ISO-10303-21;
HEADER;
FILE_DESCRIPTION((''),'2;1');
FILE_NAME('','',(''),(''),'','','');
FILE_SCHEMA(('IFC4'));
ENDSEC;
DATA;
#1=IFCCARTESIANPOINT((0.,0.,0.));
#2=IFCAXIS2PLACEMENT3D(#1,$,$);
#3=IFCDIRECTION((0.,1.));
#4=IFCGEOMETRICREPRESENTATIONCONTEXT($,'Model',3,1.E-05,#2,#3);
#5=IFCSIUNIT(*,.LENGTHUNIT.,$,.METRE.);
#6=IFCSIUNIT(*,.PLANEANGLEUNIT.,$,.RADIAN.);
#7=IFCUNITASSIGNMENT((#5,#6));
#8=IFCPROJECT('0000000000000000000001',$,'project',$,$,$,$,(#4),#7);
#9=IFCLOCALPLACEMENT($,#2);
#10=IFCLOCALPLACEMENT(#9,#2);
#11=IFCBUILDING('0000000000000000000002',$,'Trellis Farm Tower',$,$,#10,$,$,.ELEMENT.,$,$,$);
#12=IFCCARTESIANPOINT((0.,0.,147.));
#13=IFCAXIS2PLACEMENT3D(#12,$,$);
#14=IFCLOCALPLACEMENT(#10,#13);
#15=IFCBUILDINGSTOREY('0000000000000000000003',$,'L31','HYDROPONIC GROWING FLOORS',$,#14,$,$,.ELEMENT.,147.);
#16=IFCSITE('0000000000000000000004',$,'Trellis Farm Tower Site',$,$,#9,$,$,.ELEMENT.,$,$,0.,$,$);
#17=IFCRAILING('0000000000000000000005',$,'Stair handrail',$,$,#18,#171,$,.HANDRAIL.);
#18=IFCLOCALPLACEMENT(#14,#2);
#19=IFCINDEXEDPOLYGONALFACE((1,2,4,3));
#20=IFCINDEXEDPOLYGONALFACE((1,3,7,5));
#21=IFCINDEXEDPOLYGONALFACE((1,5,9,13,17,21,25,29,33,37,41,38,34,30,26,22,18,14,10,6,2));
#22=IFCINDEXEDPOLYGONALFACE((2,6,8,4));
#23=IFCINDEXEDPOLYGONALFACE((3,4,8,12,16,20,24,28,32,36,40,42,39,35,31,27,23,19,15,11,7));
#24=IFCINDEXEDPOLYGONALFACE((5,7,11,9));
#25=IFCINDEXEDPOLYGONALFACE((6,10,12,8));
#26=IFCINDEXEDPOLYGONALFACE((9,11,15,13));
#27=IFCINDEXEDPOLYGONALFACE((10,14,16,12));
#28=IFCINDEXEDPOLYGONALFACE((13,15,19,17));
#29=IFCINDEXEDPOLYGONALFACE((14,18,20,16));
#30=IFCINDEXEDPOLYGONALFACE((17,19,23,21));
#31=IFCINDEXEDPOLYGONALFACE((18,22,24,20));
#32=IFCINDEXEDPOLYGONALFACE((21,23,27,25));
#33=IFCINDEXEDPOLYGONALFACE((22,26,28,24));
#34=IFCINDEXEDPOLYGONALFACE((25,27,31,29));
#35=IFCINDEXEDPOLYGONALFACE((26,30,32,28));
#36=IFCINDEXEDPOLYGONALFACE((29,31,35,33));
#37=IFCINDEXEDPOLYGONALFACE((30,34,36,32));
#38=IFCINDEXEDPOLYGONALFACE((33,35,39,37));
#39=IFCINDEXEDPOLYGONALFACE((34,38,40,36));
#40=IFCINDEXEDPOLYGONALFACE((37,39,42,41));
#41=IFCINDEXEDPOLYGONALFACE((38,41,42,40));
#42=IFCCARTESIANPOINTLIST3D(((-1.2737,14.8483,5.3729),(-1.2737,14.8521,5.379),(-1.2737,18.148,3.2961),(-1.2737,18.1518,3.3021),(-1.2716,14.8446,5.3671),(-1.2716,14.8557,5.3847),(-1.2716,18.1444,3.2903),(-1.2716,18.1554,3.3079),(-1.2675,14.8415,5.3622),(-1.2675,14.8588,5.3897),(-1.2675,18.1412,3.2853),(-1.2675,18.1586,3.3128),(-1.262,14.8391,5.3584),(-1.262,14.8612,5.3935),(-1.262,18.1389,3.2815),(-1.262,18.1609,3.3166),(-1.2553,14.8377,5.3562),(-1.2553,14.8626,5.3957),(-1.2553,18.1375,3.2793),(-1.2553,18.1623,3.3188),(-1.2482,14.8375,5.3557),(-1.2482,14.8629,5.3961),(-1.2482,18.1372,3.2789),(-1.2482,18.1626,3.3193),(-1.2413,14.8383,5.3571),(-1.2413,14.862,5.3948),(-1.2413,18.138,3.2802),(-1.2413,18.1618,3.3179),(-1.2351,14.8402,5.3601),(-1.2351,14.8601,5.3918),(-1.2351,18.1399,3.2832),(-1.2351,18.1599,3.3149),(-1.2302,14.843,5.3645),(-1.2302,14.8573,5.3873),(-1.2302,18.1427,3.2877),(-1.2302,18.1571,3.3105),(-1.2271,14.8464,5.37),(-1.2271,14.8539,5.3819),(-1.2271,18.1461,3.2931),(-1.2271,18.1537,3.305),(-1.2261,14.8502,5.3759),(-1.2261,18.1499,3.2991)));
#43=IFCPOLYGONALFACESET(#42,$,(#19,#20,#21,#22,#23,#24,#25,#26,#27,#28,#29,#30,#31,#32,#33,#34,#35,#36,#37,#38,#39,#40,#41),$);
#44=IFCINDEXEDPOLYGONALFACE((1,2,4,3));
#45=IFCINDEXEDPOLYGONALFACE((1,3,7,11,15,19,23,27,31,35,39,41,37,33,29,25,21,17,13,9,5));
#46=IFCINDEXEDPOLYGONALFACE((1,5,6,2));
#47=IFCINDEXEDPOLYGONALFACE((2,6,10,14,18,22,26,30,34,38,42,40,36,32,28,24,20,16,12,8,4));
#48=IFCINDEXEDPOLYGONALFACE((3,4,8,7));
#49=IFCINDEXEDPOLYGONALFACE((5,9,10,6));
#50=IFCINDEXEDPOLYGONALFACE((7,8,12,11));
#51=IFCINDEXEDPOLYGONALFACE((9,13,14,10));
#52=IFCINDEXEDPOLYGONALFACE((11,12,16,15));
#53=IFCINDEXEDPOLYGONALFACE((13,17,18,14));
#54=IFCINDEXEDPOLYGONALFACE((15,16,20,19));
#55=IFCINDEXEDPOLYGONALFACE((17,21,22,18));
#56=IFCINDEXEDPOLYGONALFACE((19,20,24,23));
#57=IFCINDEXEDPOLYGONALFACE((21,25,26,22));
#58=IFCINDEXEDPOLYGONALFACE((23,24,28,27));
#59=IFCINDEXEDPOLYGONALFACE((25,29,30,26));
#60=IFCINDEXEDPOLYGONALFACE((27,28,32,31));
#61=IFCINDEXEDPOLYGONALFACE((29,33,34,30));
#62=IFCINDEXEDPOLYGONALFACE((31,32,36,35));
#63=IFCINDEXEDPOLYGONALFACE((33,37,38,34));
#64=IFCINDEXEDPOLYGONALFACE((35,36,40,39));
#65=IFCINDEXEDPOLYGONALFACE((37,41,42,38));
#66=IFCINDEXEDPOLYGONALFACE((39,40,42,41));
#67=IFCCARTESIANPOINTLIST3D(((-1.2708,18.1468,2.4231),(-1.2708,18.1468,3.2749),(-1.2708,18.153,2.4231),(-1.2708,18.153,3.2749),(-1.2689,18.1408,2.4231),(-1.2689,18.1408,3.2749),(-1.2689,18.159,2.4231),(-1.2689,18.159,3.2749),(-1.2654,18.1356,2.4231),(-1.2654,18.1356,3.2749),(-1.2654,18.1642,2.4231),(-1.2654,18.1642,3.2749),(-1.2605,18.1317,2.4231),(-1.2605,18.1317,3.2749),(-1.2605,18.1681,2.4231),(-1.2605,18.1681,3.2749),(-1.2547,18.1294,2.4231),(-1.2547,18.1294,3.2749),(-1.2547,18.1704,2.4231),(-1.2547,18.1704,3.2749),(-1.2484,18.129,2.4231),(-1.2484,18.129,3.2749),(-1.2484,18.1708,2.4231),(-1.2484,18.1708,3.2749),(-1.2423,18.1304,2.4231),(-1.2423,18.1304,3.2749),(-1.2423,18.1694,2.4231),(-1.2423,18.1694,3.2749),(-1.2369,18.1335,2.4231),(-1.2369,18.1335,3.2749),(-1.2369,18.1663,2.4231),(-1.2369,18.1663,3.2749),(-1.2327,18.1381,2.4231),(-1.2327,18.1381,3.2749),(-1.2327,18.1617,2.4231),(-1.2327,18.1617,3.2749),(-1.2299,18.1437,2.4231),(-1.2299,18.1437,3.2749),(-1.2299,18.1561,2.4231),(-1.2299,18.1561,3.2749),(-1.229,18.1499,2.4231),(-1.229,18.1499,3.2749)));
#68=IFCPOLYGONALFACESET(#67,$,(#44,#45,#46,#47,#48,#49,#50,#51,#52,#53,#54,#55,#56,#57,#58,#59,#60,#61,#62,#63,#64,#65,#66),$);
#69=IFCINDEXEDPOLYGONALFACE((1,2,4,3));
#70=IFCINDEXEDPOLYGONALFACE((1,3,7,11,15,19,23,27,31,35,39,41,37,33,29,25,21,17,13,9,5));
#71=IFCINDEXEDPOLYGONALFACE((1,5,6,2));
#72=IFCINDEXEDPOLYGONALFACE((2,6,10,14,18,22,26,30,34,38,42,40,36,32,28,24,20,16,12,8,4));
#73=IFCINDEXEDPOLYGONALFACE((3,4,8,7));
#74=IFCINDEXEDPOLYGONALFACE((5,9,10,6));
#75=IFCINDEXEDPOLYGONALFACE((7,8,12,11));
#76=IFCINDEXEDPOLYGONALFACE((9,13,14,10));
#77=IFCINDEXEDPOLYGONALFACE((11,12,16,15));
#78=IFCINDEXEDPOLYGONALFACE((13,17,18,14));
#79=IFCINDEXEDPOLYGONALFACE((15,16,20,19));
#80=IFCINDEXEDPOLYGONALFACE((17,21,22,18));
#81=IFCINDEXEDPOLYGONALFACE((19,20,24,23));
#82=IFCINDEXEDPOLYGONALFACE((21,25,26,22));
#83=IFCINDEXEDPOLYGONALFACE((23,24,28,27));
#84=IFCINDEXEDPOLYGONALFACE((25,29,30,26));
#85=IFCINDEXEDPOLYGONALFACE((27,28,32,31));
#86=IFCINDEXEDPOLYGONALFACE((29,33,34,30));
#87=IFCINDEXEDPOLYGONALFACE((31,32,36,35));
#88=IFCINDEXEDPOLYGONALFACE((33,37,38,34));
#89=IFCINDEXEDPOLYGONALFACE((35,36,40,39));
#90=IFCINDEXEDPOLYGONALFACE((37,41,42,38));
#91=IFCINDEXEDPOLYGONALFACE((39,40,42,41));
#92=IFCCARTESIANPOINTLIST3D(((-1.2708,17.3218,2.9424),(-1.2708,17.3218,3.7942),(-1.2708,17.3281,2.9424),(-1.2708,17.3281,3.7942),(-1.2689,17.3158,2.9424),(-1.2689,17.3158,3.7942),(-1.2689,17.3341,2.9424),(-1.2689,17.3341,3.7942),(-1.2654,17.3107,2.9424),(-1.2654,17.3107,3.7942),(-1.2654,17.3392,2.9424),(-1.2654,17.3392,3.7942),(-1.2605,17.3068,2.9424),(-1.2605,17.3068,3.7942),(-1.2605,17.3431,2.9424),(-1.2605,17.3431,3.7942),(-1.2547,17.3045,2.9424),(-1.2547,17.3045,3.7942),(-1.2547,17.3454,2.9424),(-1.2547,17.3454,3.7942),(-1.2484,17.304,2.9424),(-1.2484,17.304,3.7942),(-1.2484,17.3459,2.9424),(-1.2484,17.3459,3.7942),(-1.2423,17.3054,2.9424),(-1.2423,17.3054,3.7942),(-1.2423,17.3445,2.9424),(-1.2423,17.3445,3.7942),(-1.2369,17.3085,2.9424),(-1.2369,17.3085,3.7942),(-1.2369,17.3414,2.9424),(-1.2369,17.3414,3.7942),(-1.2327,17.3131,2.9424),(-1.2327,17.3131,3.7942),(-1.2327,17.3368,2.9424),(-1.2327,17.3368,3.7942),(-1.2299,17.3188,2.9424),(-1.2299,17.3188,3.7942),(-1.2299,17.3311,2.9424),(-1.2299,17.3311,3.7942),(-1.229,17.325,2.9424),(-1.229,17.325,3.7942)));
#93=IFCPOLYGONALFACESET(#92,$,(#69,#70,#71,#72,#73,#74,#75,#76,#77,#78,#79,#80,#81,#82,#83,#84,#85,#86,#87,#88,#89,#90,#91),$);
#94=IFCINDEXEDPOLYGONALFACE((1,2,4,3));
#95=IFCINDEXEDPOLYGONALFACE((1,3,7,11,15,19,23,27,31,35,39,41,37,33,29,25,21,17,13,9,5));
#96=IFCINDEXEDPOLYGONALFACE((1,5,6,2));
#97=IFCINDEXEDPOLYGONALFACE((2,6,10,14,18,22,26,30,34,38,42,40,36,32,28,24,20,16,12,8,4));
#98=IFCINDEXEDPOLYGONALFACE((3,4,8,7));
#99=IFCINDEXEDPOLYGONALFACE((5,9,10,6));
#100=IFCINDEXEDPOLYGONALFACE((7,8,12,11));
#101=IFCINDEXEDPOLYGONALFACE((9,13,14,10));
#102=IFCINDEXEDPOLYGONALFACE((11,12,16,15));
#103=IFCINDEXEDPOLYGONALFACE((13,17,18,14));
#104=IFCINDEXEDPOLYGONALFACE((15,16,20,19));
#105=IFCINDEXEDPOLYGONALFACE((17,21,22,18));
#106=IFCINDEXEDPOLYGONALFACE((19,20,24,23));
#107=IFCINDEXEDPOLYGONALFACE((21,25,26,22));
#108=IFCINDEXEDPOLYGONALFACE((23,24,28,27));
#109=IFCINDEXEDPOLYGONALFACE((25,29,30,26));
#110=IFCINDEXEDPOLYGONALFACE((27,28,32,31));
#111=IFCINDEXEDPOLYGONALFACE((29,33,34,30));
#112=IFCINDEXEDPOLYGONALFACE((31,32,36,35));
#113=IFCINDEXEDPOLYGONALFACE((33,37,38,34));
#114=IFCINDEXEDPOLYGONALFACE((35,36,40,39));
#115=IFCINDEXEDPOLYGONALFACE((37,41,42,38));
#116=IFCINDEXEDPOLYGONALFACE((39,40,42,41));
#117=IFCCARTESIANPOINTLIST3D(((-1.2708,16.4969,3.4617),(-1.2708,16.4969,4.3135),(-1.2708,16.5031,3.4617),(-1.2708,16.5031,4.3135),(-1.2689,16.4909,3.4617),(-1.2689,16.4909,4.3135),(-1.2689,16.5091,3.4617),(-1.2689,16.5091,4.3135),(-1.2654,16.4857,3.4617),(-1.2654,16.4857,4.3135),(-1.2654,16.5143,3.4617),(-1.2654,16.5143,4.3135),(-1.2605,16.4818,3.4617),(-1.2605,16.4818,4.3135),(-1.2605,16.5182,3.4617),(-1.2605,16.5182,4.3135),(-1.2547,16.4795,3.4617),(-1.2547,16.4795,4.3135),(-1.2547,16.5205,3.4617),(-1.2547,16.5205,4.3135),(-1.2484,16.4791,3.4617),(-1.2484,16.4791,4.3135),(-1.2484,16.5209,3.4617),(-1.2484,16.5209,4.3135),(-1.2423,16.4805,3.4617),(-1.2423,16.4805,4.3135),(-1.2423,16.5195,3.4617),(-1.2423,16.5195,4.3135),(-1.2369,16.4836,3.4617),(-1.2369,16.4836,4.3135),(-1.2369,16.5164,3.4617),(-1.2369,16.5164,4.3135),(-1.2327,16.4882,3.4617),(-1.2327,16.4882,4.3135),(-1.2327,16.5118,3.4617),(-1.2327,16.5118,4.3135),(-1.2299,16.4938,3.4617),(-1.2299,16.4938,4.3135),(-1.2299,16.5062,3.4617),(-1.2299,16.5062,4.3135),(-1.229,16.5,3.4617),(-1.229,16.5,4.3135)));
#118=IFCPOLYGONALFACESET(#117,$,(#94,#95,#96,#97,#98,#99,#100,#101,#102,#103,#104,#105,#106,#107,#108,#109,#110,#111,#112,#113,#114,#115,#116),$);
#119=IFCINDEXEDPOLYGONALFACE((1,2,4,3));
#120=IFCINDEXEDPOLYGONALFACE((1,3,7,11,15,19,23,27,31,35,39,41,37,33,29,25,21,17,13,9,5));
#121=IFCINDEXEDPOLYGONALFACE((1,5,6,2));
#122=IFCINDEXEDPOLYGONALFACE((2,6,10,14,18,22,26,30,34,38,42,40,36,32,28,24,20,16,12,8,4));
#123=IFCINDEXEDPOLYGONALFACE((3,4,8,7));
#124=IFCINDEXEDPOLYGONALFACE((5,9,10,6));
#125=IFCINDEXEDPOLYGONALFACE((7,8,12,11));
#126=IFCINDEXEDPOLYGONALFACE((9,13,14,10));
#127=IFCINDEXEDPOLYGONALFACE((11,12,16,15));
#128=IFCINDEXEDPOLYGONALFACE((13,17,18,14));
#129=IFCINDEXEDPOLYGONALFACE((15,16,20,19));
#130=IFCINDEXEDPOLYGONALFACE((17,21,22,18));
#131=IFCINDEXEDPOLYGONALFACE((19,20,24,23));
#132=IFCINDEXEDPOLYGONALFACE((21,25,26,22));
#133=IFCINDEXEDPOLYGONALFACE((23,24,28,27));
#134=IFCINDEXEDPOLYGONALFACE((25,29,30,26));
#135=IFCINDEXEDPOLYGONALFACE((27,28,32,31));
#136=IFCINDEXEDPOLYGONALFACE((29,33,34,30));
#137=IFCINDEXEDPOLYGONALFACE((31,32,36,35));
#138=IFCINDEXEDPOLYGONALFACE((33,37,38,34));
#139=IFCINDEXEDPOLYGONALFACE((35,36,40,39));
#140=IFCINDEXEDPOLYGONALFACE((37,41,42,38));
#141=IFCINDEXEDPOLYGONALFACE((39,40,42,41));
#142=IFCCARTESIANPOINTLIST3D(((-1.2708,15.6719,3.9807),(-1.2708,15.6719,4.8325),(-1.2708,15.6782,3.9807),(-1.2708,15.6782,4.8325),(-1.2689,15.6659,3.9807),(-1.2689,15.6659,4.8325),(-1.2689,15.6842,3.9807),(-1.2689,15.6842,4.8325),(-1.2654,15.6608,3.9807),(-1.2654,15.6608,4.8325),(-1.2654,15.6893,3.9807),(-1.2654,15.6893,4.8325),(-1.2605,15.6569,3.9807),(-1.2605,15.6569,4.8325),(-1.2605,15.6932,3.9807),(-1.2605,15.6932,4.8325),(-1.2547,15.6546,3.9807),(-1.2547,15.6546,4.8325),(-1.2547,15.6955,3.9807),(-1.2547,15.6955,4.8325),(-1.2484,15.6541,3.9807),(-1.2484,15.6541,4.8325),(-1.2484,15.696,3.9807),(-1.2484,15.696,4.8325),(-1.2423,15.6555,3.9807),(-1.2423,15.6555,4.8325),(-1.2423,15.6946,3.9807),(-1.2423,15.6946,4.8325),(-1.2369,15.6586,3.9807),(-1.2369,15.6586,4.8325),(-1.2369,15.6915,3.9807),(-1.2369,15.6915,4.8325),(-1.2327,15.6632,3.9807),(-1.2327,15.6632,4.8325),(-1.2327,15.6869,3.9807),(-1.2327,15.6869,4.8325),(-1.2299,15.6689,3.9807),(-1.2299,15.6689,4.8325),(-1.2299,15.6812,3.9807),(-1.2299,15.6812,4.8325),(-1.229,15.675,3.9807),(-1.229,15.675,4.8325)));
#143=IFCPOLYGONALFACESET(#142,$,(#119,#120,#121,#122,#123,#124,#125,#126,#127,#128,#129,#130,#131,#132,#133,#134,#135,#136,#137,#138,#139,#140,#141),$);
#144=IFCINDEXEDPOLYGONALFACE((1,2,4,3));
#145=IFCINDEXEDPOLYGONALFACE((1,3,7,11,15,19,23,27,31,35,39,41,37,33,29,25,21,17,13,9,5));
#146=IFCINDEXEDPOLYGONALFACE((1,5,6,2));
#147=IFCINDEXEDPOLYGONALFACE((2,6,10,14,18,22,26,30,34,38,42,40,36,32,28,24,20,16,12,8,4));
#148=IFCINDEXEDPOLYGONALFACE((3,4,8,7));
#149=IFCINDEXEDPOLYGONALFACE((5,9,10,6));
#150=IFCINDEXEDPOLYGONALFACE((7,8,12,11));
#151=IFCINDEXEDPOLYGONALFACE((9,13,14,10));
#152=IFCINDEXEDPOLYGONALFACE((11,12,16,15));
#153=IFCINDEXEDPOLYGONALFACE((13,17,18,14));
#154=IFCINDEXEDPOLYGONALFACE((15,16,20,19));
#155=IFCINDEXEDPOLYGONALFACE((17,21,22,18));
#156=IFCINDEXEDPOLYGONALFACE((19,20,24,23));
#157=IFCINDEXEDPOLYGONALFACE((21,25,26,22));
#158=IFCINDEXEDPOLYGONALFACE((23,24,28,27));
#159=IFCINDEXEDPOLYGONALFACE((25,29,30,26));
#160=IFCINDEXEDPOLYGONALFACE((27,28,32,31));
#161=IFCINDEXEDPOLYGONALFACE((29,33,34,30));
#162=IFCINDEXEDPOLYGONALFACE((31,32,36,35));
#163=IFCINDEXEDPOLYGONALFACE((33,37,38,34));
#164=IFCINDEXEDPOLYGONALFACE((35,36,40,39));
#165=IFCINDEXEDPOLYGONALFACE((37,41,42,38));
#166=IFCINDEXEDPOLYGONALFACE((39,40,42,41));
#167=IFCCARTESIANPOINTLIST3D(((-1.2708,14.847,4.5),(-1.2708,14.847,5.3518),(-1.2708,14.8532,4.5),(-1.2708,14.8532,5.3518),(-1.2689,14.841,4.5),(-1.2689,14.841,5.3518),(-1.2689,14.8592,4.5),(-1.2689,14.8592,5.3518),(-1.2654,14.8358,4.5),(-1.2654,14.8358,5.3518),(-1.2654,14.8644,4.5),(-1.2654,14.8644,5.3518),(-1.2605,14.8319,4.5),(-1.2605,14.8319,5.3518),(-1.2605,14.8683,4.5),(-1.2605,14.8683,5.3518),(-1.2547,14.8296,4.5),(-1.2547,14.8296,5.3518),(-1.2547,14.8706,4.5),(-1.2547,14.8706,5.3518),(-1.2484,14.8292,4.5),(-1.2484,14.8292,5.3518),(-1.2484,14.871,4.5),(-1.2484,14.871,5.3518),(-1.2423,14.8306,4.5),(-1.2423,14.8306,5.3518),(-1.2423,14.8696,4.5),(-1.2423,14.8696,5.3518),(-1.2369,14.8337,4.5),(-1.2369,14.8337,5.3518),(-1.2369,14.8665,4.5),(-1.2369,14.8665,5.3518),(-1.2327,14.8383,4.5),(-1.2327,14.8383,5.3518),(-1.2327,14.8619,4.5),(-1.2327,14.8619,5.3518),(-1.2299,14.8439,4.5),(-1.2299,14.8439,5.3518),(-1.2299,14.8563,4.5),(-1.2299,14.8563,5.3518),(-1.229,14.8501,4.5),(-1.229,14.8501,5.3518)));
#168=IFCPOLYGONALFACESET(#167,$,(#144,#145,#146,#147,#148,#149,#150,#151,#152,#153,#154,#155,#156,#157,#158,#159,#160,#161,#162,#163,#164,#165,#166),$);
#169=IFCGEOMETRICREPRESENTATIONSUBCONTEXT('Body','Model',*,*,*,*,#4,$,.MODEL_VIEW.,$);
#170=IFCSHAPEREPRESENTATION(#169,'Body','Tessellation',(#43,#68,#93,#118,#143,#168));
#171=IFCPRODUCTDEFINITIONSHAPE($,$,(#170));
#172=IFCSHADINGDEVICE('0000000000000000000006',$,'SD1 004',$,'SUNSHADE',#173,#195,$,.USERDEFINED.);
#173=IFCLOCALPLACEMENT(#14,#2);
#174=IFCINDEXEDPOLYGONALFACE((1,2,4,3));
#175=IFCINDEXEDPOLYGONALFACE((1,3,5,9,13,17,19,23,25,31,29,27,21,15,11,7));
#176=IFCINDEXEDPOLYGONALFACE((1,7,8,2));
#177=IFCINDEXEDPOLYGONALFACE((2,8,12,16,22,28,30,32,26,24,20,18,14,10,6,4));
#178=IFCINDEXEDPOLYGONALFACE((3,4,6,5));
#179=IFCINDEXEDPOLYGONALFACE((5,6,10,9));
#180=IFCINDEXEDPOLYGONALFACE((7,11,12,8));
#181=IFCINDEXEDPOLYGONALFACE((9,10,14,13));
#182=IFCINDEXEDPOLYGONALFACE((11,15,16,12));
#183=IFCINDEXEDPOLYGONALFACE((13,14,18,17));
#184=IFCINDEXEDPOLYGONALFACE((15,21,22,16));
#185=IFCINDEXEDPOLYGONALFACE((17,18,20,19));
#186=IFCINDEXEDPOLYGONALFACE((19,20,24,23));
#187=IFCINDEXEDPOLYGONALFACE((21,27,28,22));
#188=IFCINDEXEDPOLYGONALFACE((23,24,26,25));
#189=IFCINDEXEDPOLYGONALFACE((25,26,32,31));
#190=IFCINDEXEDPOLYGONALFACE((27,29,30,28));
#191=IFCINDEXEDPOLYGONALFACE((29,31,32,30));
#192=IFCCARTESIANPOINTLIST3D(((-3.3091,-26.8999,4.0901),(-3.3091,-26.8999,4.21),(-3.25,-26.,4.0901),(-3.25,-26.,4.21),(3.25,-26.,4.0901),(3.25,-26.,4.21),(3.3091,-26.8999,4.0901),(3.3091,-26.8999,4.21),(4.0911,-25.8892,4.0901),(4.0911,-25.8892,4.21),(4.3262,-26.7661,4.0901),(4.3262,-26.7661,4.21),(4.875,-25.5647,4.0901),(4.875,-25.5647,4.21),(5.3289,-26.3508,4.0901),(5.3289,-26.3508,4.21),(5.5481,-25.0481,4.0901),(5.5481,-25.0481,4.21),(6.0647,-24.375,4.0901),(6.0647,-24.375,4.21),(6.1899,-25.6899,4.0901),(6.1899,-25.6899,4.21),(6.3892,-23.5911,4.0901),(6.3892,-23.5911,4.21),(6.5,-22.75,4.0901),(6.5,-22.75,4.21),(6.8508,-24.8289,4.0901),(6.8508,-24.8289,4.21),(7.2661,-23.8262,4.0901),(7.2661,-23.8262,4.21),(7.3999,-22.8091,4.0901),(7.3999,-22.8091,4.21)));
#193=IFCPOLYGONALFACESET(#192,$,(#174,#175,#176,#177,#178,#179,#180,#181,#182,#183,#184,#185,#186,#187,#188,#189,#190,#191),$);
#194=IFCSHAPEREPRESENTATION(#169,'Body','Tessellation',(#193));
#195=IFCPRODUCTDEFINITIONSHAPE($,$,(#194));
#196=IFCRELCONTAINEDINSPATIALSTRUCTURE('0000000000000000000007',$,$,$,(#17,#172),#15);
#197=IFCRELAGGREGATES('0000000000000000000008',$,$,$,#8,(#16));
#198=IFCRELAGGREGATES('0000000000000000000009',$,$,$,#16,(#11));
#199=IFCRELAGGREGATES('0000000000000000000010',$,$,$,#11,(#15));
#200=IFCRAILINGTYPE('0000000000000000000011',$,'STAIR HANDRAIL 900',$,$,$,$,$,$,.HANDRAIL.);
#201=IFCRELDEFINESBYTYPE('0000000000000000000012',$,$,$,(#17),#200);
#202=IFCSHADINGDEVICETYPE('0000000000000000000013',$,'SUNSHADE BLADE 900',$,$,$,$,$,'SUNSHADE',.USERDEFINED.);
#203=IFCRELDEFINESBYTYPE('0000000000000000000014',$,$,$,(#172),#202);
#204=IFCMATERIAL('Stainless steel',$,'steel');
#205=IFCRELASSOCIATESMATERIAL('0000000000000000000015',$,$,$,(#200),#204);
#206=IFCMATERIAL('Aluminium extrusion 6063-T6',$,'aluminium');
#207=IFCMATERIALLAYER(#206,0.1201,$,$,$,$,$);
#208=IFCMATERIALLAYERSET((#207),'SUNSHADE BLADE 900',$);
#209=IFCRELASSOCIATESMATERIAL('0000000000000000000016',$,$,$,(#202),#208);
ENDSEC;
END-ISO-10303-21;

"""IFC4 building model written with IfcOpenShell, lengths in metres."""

from ifc_helpers import new_model, si_unit, direction, frame, origin, origin_2d, place, context, subcontext, project, spatial, polyline, circle, outline, extrude, source, transform, mapped, material, layer, layer_set, type_object, element, save


model = new_model("IFC4")

# Units and contexts
model_context = context("Model", 3, precision=1e-05, world=origin(), true_north=direction((0.0, 1.0)))
body_context = subcontext(model_context, "Body", "Model", "MODEL_VIEW")
ifc_project = project(units=[si_unit("LENGTHUNIT", "METRE"), si_unit("PLANEANGLEUNIT", "RADIAN")], contexts=[model_context])

# Site, building, storey
site_placement = place(None, origin())
site = spatial("IfcSite", under=ifc_project, at=site_placement, Name="Trellis Farm Tower Site", CompositionType="ELEMENT", RefElevation=0.0)
building_placement = place(site_placement, origin())
building = spatial("IfcBuilding", under=site, at=building_placement, Name="Trellis Farm Tower", CompositionType="ELEMENT")
storey_placement = place(building_placement, frame((0.0, 0.0, 147.0)))
storey = spatial("IfcBuildingStorey", under=building, at=storey_placement, Name="L31", Description="HYDROPONIC GROWING FLOORS", CompositionType="ELEMENT", Elevation=147.0)

# Railing
ifc_material_1 = material(Name="Stainless steel", Category="steel")
railing_type = type_object("IfcRailingType", Name="STAIR HANDRAIL 900", PredefinedType="HANDRAIL", material=ifc_material_1)
shared_shape_1 = source(origin(), body_context, "Body", "SweptSolid", [
    extrude(circle(Radius=0.0239, at=origin_2d()), frame((0.0, 0.0, 0.876), z_axis=(0.0, -0.84632, 0.532675), x_axis=(1.0, 0.0, 0.0)), (0.0, 0.0, 1.0), 3.8989),
    extrude(circle(Radius=0.021, at=origin_2d()), origin(), (0.0, 0.0, 1.0), 0.8518),
    extrude(circle(Radius=0.021, at=origin_2d()), frame((0.0, -0.825, 0.5193)), (0.0, 0.0, 1.0), 0.8518),
    extrude(circle(Radius=0.021, at=origin_2d()), frame((0.0, -1.6499, 1.0386)), (0.0, 0.0, 1.0), 0.8518),
    extrude(circle(Radius=0.021, at=origin_2d()), frame((0.0, -2.4749, 1.5576)), (0.0, 0.0, 1.0), 0.8518),
    extrude(circle(Radius=0.021, at=origin_2d()), frame((0.0, -3.2998, 2.0769)), (0.0, 0.0, 1.0), 0.8518),
])
railing_placement = place(storey_placement, frame((-1.25, 18.1499, 2.4231)))
element("IfcRailing", 1, at=railing_placement, inside=storey, type_object=railing_type, Name="Stair handrail", PredefinedType="HANDRAIL", context=body_context, shape_type="MappedRepresentation", body=[
    mapped(shared_shape_1, transform((0.0, 0.0, 0.0))),
])

# Shading device
ifc_material_2 = material(Name="Aluminium extrusion 6063-T6", Category="aluminium")
ifc_layer_1 = layer(ifc_material_2, 0.1201)
ifc_layer_set_1 = layer_set([ifc_layer_1], Name="SUNSHADE BLADE 900")
shading_device_type = type_object("IfcShadingDeviceType", Name="SUNSHADE BLADE 900", ElementType="SUNSHADE", PredefinedType="USERDEFINED", material=ifc_layer_set_1)
shared_shape_2 = source(origin(), body_context, "Body", "SweptSolid", [
    extrude(outline(polyline([(-3.3091, -26.8999), (3.3091, -26.8999), (4.3262, -26.7661), (5.3289, -26.3508), (6.1899, -25.6899), (6.8508, -24.8289), (7.2661, -23.8262), (7.3999, -22.8091), (6.5, -22.75), (6.3892, -23.5911), (6.0647, -24.375), (5.5481, -25.0481), (4.875, -25.5647), (4.0911, -25.8892), (3.25, -26.0), (-3.25, -26.0), (-3.3091, -26.8999)])), origin(), (0.0, 0.0, 1.0), 0.1199),
])
shading_device_placement = place(storey_placement, frame((0.0, 0.0, 4.0901)))
element("IfcShadingDevice", 2, at=shading_device_placement, inside=storey, type_object=shading_device_type, Name="SD1 004", ObjectType="SUNSHADE", PredefinedType="USERDEFINED", context=body_context, shape_type="MappedRepresentation", body=[
    mapped(shared_shape_2, transform((0.0, 0.0, 0.0))),
])

save(model, "model.ifc")
